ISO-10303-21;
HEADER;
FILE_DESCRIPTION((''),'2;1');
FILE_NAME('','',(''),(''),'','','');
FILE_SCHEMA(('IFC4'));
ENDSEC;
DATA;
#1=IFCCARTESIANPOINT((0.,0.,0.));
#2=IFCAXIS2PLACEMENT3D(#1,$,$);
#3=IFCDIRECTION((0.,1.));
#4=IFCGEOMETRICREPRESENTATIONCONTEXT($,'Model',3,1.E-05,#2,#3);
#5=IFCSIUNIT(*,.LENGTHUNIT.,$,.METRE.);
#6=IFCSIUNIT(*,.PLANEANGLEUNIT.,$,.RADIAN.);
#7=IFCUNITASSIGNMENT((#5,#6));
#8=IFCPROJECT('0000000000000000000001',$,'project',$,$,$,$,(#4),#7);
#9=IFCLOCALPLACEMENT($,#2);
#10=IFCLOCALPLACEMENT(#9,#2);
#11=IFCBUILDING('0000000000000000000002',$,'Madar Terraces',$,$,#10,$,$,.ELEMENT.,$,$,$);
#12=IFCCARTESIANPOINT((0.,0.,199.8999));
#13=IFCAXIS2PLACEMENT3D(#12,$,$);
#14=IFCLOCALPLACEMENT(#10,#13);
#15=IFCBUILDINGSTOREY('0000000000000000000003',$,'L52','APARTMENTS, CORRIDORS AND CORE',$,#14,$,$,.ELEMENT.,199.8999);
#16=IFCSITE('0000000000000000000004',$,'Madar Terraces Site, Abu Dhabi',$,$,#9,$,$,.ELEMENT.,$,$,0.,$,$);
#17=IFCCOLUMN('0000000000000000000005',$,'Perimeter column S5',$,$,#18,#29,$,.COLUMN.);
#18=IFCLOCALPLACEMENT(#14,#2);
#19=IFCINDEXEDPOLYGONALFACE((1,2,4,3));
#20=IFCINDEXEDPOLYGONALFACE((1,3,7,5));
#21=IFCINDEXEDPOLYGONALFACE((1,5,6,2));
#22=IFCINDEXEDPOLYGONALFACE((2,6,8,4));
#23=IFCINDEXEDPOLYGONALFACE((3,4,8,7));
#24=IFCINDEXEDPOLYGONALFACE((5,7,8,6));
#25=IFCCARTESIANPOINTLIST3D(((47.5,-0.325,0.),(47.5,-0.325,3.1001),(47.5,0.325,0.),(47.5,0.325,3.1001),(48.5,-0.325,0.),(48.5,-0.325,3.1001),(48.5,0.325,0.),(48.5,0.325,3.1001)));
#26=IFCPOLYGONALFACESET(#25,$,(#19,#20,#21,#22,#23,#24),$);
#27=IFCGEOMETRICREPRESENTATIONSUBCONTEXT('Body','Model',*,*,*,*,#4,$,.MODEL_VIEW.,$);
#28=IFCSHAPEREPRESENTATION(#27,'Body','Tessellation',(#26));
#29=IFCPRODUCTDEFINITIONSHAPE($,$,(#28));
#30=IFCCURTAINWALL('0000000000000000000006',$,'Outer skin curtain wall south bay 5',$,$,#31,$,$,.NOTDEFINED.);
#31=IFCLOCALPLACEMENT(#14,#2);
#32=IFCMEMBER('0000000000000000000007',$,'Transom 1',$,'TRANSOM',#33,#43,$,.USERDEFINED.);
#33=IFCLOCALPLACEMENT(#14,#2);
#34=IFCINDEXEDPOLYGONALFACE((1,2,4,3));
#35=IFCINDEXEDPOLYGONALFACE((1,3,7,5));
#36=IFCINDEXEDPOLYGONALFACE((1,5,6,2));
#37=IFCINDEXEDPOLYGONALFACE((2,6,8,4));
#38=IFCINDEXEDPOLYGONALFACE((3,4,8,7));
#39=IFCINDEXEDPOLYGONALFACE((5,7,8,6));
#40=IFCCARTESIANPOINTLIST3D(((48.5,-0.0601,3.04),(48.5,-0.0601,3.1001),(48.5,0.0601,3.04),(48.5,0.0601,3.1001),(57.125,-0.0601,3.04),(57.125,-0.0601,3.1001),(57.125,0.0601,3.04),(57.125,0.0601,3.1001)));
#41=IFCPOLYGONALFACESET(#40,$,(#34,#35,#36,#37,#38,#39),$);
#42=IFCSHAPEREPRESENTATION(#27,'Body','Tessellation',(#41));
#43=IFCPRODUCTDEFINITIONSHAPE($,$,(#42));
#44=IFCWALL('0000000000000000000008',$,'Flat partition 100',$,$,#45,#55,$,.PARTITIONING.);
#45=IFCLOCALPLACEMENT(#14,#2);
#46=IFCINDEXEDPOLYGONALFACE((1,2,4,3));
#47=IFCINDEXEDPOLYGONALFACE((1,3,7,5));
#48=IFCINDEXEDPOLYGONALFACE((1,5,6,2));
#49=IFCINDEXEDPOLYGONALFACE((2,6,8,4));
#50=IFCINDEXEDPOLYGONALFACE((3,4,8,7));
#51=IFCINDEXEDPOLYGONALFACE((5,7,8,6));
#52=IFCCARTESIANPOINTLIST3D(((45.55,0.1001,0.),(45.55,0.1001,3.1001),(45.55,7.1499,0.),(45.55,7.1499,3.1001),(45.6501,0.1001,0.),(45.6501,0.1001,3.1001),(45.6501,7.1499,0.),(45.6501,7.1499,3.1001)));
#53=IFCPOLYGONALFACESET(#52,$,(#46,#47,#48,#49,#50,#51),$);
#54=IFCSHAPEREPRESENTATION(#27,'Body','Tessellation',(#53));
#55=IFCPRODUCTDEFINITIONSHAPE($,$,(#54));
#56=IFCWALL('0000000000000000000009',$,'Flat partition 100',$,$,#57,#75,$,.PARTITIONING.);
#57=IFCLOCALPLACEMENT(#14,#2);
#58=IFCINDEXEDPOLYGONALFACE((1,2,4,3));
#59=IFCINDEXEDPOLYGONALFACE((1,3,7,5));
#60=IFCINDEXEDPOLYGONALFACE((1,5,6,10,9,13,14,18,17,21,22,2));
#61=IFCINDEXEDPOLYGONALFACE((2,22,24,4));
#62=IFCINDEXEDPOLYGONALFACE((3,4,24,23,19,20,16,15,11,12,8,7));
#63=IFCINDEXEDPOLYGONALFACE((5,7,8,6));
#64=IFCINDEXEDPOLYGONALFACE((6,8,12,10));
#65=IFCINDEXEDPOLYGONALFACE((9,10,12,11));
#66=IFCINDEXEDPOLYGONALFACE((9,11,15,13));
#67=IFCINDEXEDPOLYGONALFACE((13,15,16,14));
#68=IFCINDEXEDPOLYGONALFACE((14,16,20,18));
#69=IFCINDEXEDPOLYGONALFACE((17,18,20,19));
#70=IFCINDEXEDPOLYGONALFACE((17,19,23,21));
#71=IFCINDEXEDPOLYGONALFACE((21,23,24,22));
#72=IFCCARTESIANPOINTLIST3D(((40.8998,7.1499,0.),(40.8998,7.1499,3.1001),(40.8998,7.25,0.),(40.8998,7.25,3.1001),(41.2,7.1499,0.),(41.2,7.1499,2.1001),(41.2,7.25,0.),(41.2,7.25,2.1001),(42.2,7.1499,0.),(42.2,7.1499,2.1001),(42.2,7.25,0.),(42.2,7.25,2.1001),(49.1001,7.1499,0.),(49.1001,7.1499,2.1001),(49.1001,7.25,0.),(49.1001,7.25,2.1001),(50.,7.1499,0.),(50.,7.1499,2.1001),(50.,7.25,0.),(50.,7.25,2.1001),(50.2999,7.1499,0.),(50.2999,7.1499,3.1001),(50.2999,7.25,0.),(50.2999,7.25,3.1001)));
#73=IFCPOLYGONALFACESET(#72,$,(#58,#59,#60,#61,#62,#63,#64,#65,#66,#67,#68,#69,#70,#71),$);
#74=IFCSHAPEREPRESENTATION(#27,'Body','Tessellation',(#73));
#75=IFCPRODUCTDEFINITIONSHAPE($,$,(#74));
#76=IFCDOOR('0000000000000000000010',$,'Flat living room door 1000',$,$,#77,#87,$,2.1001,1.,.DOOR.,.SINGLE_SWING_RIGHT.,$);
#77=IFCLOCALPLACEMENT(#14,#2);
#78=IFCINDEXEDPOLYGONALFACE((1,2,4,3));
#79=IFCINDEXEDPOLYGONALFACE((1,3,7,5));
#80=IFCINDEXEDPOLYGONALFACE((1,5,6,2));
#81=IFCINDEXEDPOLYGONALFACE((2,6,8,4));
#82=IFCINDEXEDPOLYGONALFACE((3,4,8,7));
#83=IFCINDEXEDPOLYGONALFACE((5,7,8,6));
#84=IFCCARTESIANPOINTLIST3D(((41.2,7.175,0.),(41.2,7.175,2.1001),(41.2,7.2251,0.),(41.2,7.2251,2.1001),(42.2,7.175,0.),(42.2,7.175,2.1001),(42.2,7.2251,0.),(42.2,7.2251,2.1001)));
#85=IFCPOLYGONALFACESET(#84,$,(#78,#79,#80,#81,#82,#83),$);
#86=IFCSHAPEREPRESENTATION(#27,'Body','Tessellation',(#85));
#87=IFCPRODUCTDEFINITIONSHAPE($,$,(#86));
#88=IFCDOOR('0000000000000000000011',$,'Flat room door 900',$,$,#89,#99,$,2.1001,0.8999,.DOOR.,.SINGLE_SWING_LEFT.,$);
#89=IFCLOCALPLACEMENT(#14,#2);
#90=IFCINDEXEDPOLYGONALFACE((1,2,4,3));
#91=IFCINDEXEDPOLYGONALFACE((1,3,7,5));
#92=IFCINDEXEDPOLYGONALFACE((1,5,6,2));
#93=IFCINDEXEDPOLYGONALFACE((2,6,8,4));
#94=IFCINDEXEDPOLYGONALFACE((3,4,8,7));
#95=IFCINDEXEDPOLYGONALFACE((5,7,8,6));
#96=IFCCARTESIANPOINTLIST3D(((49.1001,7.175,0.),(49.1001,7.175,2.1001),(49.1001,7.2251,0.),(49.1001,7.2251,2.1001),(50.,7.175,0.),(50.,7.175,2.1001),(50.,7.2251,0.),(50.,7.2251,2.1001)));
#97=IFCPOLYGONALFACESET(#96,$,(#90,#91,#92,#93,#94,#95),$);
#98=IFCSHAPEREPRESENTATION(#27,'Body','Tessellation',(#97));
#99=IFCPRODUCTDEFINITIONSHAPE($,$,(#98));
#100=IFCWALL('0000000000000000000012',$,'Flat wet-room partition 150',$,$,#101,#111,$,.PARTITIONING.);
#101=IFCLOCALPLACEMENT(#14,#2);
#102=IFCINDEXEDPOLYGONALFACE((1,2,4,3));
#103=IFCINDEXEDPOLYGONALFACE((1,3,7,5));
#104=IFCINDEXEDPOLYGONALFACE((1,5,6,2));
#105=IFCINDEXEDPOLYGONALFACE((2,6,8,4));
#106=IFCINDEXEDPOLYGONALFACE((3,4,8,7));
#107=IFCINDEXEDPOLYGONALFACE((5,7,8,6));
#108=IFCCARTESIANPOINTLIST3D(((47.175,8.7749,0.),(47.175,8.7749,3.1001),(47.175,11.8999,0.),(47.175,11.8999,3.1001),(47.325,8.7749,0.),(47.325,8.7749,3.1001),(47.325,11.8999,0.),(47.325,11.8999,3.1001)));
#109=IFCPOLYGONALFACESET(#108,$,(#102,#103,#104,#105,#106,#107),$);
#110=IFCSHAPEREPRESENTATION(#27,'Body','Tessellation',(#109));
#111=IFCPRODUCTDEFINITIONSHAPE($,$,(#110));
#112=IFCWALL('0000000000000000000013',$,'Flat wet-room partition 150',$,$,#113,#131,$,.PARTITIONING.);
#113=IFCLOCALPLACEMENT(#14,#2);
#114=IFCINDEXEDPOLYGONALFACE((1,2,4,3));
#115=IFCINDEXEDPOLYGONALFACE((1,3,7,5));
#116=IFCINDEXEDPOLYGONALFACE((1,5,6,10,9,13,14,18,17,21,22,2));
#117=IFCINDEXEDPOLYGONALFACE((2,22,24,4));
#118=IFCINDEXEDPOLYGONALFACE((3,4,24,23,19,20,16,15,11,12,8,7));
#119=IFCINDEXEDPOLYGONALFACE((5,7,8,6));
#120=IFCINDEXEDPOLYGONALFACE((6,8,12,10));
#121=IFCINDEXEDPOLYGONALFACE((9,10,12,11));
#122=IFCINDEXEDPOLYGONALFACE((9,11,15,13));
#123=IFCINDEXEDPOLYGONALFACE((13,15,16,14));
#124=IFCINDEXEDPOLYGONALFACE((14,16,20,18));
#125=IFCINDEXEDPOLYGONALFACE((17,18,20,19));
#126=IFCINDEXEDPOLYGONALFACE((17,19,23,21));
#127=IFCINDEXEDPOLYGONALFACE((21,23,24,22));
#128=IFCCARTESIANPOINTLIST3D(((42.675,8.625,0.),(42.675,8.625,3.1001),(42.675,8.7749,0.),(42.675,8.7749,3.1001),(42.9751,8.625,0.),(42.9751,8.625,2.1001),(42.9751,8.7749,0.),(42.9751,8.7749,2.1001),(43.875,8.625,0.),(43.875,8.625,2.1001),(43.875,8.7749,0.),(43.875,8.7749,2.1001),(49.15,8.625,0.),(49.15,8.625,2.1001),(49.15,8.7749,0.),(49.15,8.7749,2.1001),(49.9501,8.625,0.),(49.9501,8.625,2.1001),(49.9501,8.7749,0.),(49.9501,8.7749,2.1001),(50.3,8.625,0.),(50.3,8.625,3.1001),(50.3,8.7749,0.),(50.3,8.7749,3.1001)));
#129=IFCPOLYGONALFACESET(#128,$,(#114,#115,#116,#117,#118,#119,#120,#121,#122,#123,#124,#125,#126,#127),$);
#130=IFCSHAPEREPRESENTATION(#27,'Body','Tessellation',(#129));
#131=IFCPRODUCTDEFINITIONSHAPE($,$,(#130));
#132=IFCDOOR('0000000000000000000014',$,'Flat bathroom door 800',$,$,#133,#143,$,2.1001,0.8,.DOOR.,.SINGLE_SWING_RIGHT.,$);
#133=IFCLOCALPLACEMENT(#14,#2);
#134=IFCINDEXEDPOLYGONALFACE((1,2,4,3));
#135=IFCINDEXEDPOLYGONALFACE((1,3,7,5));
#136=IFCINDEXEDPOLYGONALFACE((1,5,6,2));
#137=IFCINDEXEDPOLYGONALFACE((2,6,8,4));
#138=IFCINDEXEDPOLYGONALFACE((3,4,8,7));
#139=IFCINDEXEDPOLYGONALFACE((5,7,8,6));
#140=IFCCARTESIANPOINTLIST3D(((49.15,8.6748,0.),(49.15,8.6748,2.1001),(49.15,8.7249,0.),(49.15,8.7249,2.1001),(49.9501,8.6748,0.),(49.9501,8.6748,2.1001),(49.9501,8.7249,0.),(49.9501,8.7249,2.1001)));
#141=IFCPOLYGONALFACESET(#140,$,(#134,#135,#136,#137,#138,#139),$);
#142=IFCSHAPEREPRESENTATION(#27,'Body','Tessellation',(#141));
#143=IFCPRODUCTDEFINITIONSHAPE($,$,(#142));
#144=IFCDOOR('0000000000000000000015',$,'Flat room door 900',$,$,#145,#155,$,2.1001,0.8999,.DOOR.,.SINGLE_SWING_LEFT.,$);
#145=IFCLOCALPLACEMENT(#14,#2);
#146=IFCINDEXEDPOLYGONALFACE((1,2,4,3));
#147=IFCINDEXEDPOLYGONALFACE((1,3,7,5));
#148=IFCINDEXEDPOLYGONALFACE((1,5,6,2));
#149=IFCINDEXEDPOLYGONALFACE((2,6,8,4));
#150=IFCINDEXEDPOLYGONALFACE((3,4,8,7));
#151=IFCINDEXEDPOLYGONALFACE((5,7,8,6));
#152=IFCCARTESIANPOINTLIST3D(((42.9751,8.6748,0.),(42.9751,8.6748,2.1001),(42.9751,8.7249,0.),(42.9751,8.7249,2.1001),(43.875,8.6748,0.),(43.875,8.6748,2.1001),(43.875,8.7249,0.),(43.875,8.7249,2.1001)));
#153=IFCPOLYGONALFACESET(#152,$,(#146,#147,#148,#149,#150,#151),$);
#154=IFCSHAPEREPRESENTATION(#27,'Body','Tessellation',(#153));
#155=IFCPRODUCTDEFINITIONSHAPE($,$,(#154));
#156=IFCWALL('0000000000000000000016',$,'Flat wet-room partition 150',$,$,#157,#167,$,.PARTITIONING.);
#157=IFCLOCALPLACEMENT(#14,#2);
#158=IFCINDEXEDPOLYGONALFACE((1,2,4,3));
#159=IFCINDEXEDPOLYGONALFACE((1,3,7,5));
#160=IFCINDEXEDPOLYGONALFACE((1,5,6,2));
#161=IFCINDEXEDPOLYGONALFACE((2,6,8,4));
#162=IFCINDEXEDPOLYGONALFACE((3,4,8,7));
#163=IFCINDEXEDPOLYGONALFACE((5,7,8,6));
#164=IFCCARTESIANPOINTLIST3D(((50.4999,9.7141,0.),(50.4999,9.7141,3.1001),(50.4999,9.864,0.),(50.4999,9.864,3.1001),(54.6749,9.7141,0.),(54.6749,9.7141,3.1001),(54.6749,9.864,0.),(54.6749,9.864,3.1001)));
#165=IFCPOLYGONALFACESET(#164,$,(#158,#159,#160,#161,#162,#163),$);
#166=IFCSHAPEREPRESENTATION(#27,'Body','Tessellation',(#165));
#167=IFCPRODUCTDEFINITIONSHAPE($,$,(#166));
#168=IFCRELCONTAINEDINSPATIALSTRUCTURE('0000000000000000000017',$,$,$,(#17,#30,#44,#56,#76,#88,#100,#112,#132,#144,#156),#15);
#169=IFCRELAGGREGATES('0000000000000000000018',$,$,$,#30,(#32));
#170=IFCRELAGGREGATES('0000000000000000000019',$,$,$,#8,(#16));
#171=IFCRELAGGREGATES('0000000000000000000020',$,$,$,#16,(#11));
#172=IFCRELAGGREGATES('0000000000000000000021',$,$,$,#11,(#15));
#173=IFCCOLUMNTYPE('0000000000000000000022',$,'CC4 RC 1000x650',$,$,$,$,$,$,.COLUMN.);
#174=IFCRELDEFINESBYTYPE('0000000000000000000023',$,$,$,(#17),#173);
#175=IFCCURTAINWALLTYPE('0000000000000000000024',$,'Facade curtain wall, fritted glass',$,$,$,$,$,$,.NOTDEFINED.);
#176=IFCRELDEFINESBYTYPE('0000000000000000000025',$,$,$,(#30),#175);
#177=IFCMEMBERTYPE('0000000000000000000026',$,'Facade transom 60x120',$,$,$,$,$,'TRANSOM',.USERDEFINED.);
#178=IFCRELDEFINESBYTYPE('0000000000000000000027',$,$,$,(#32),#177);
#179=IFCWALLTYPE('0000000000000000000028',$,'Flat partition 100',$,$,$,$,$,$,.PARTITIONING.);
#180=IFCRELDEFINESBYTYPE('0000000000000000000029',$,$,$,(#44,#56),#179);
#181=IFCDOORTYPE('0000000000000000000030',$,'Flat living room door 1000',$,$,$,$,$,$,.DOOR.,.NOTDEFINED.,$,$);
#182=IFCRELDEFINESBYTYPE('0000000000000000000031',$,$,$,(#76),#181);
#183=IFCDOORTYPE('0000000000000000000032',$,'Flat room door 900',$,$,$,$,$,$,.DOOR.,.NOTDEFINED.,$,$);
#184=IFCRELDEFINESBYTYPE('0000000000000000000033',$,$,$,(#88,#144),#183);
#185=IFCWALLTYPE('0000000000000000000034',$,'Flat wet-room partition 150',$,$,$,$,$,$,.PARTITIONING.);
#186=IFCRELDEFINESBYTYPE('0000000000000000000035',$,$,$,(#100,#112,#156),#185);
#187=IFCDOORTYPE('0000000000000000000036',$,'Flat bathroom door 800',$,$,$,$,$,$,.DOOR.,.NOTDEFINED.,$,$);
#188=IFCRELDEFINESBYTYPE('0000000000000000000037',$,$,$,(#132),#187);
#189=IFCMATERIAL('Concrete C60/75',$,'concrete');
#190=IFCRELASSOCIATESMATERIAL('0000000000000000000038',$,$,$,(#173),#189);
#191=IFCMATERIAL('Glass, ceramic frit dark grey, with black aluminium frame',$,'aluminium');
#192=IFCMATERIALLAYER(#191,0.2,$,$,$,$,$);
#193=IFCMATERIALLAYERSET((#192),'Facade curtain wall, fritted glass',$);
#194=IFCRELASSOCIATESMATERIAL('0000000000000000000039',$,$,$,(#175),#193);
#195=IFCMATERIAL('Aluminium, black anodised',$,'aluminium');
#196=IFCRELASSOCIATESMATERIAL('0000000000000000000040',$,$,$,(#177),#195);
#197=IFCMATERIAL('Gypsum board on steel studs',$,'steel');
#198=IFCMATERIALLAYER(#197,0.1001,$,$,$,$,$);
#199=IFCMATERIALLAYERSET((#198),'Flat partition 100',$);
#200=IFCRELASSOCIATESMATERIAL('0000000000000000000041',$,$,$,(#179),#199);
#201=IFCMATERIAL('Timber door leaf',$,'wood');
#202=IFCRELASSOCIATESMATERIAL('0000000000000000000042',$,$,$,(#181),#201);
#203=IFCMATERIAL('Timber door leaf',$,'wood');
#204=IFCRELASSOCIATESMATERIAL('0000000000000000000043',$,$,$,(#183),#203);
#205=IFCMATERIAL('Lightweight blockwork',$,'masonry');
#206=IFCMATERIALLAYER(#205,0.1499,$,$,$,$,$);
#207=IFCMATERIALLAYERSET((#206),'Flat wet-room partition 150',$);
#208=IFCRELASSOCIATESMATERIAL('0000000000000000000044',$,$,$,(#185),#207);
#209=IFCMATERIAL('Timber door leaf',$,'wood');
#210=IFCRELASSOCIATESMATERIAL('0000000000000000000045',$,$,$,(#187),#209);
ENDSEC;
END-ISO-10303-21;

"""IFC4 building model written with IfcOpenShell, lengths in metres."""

from ifc_helpers import new_model, si_unit, direction, frame, frame_2d, origin, origin_2d, place, context, subcontext, project, spatial, rectangle, extrude, material, layer, layer_set, material_profile, profile_set, type_object, element, fill, aggregate, save


model = new_model("IFC4")

# Units and contexts
model_context = context("Model", 3, precision=1e-05, world=origin(), true_north=direction((0.0, 1.0)))
body_context = subcontext(model_context, "Body", "Model", "MODEL_VIEW")
ifc_project = project(units=[si_unit("LENGTHUNIT", "METRE"), si_unit("PLANEANGLEUNIT", "RADIAN")], contexts=[model_context])

# Site, building, storey
site_placement = place(None, origin())
site = spatial("IfcSite", under=ifc_project, at=site_placement, Name="Madar Terraces Site, Abu Dhabi", CompositionType="ELEMENT", RefElevation=0.0)
building_placement = place(site_placement, origin())
building = spatial("IfcBuilding", under=site, at=building_placement, Name="Madar Terraces", CompositionType="ELEMENT")
storey_placement = place(building_placement, frame((0.0, 0.0, 199.8999)))
storey = spatial("IfcBuildingStorey", under=building, at=storey_placement, Name="L52", Description="APARTMENTS, CORRIDORS AND CORE", CompositionType="ELEMENT", Elevation=199.8999)

# Column
ifc_material_1 = material(Name="Concrete C60/75", Category="concrete")
ifc_material_profile_1 = material_profile(ifc_material_1, rectangle(XDim=1.0, YDim=0.6499, at=origin_2d()), Name="CC4 RC 1000x650")
ifc_profile_set_1 = profile_set([ifc_material_profile_1], Name="Concrete C60/75")
column_type = type_object("IfcColumnType", Name="CC4 RC 1000x650", PredefinedType="COLUMN", material=ifc_profile_set_1)
column_placement = place(storey_placement, frame((48.0, 0.0, 0.0), z_axis=(0.0, 0.0, 1.0), x_axis=(1.0, 0.0, 0.0)))
element("IfcColumn", 1, at=column_placement, inside=storey, type_object=column_type, Name="Perimeter column S5", PredefinedType="COLUMN", context=body_context, shape_type="SweptSolid", body=[
    extrude(rectangle(XDim=1.0, YDim=0.6499, at=origin_2d()), origin(), (0.0, 0.0, 1.0), 3.1001),
])

# Curtain wall, member
ifc_material_2 = material(Name="Glass, ceramic frit dark grey, with black aluminium frame", Category="aluminium")
ifc_layer_1 = layer(ifc_material_2, 0.2)
ifc_layer_set_1 = layer_set([ifc_layer_1], Name="Facade curtain wall, fritted glass")
curtain_wall_type = type_object("IfcCurtainWallType", Name="Facade curtain wall, fritted glass", PredefinedType="NOTDEFINED", material=ifc_layer_set_1)
curtain_wall_placement = place(storey_placement, origin())
curtain_wall = element("IfcCurtainWall", 2, at=curtain_wall_placement, inside=storey, type_object=curtain_wall_type, Name="Outer skin curtain wall south bay 5", PredefinedType="NOTDEFINED")
ifc_material_3 = material(Name="Aluminium, black anodised", Category="aluminium")
ifc_material_profile_2 = material_profile(ifc_material_3, rectangle(XDim=0.1201, YDim=0.0601, at=origin_2d()), Name="Facade transom 60x120")
ifc_profile_set_2 = profile_set([ifc_material_profile_2], Name="Aluminium, black anodised")
member_type = type_object("IfcMemberType", Name="Facade transom 60x120", ElementType="TRANSOM", PredefinedType="USERDEFINED", material=ifc_profile_set_2)
member_placement = place(storey_placement, frame((48.5, 0.0, 3.0701), z_axis=(1.0, 0.0, 0.0), x_axis=(0.0, 1.0, 0.0)))
member = element("IfcMember", 3, at=member_placement, type_object=member_type, Name="Transom 1", ObjectType="TRANSOM", PredefinedType="USERDEFINED", context=body_context, shape_type="SweptSolid", body=[
    extrude(rectangle(XDim=0.1201, YDim=0.0601, at=origin_2d()), origin(), (0.0, 0.0, 1.0), 8.625),
])
aggregate(curtain_wall, [member])

# Wall
ifc_material_4 = material(Name="Gypsum board on steel studs", Category="steel")
ifc_layer_2 = layer(ifc_material_4, 0.1001)
ifc_layer_set_2 = layer_set([ifc_layer_2], Name="Flat partition 100")
wall_type_1 = type_object("IfcWallType", Name="Flat partition 100", PredefinedType="PARTITIONING", material=ifc_layer_set_2)
wall_1_placement = place(storey_placement, frame((45.6001, 7.1499, 0.0), z_axis=(0.0, 0.0, 1.0), x_axis=(0.0, -1.0, 0.0)))
element("IfcWall", 4, at=wall_1_placement, inside=storey, type_object=wall_type_1, Name="Flat partition 100", PredefinedType="PARTITIONING", context=body_context, shape_type="SweptSolid", body=[
    extrude(rectangle(XDim=7.0498, YDim=0.1001, at=frame_2d((3.5249, 0.0))), origin(), (0.0, 0.0, 1.0), 3.1001),
])

# Wall, openings, doors
wall_2_placement = place(storey_placement, frame((50.3, 7.2, 0.0), z_axis=(0.0, 0.0, 1.0), x_axis=(-1.0, 0.0, 0.0)))
wall_2 = element("IfcWall", 5, at=wall_2_placement, inside=storey, type_object=wall_type_1, Name="Flat partition 100", PredefinedType="PARTITIONING", context=body_context, shape_type="SweptSolid", body=[
    extrude(rectangle(XDim=9.4001, YDim=0.1001, at=frame_2d((4.7002, 0.0))), origin(), (0.0, 0.0, 1.0), 3.1001),
])
opening_1_placement = place(wall_2_placement, frame((8.1001, 0.0, 0.0)))
opening_1 = element("IfcOpeningElement", 6, at=opening_1_placement, cuts=wall_2, PredefinedType="OPENING", context=body_context, shape_type="SweptSolid", body=[
    extrude(rectangle(XDim=1.0, YDim=2.1001, at=frame_2d((0.5, 1.05))), frame((0.0, 0.0601, 0.0), z_axis=(0.0, -1.0, 0.0), x_axis=(1.0, 0.0, 0.0)), (0.0, 0.0, 1.0), 0.1201),
])
opening_2_placement = place(wall_2_placement, frame((0.3, 0.0, 0.0)))
opening_2 = element("IfcOpeningElement", 7, at=opening_2_placement, cuts=wall_2, PredefinedType="OPENING", context=body_context, shape_type="SweptSolid", body=[
    extrude(rectangle(XDim=0.8999, YDim=2.1001, at=frame_2d((0.45, 1.05))), frame((0.0, 0.0601, 0.0), z_axis=(0.0, -1.0, 0.0), x_axis=(1.0, 0.0, 0.0)), (0.0, 0.0, 1.0), 0.1201),
])
ifc_material_5 = material(Name="Timber door leaf", Category="wood")
door_type_1 = type_object("IfcDoorType", Name="Flat living room door 1000", OperationType="NOTDEFINED", PredefinedType="DOOR", material=ifc_material_5)
door_1_placement = place(opening_1_placement, origin())
door_1 = element("IfcDoor", 8, at=door_1_placement, inside=storey, type_object=door_type_1, Name="Flat living room door 1000", OperationType="SINGLE_SWING_RIGHT", OverallHeight=2.1001, OverallWidth=1.0, PredefinedType="DOOR", context=body_context, shape_type="SweptSolid", body=[
    extrude(rectangle(XDim=1.0, YDim=2.1001, at=frame_2d((0.5, 1.05))), frame((0.0, 0.0249, 0.0), z_axis=(0.0, -1.0, 0.0), x_axis=(1.0, 0.0, 0.0)), (0.0, 0.0, 1.0), 0.05),
])
fill(opening_1, door_1)
ifc_material_6 = material(Name="Timber door leaf", Category="wood")
door_type_2 = type_object("IfcDoorType", Name="Flat room door 900", OperationType="NOTDEFINED", PredefinedType="DOOR", material=ifc_material_6)
door_2_placement = place(opening_2_placement, origin())
door_2 = element("IfcDoor", 9, at=door_2_placement, inside=storey, type_object=door_type_2, Name="Flat room door 900", OperationType="SINGLE_SWING_LEFT", OverallHeight=2.1001, OverallWidth=0.8999, PredefinedType="DOOR", context=body_context, shape_type="SweptSolid", body=[
    extrude(rectangle(XDim=0.8999, YDim=2.1001, at=frame_2d((0.45, 1.05))), frame((0.0, 0.0249, 0.0), z_axis=(0.0, -1.0, 0.0), x_axis=(1.0, 0.0, 0.0)), (0.0, 0.0, 1.0), 0.05),
])
fill(opening_2, door_2)

# Wall
ifc_material_7 = material(Name="Lightweight blockwork", Category="masonry")
ifc_layer_3 = layer(ifc_material_7, 0.1499)
ifc_layer_set_3 = layer_set([ifc_layer_3], Name="Flat wet-room partition 150")
wall_type_2 = type_object("IfcWallType", Name="Flat wet-room partition 150", PredefinedType="PARTITIONING", material=ifc_layer_set_3)
wall_3_placement = place(storey_placement, frame((47.25, 11.8999, 0.0), z_axis=(0.0, 0.0, 1.0), x_axis=(0.0, -1.0, 0.0)))
element("IfcWall", 10, at=wall_3_placement, inside=storey, type_object=wall_type_2, Name="Flat wet-room partition 150", PredefinedType="PARTITIONING", context=body_context, shape_type="SweptSolid", body=[
    extrude(rectangle(XDim=3.125, YDim=0.1499, at=frame_2d((1.5625, 0.0))), origin(), (0.0, 0.0, 1.0), 3.1001),
])

# Wall, openings, doors
wall_4_placement = place(storey_placement, frame((42.675, 8.7, 0.0), z_axis=(0.0, 0.0, 1.0), x_axis=(1.0, 0.0, 0.0)))
wall_4 = element("IfcWall", 11, at=wall_4_placement, inside=storey, type_object=wall_type_2, Name="Flat wet-room partition 150", PredefinedType="PARTITIONING", context=body_context, shape_type="SweptSolid", body=[
    extrude(rectangle(XDim=7.625, YDim=0.1499, at=frame_2d((3.8125, 0.0))), origin(), (0.0, 0.0, 1.0), 3.1001),
])
opening_3_placement = place(wall_4_placement, frame((0.3, 0.0, 0.0)))
opening_3 = element("IfcOpeningElement", 12, at=opening_3_placement, cuts=wall_4, PredefinedType="OPENING", context=body_context, shape_type="SweptSolid", body=[
    extrude(rectangle(XDim=0.8999, YDim=2.1001, at=frame_2d((0.45, 1.05))), frame((0.0, 0.085, 0.0), z_axis=(0.0, -1.0, 0.0), x_axis=(1.0, 0.0, 0.0)), (0.0, 0.0, 1.0), 0.1699),
])
opening_4_placement = place(wall_4_placement, frame((6.4751, 0.0, 0.0)))
opening_4 = element("IfcOpeningElement", 13, at=opening_4_placement, cuts=wall_4, PredefinedType="OPENING", context=body_context, shape_type="SweptSolid", body=[
    extrude(rectangle(XDim=0.8, YDim=2.1001, at=frame_2d((0.3999, 1.05))), frame((0.0, 0.085, 0.0), z_axis=(0.0, -1.0, 0.0), x_axis=(1.0, 0.0, 0.0)), (0.0, 0.0, 1.0), 0.1699),
])
ifc_material_8 = material(Name="Timber door leaf", Category="wood")
door_type_3 = type_object("IfcDoorType", Name="Flat bathroom door 800", OperationType="NOTDEFINED", PredefinedType="DOOR", material=ifc_material_8)
door_3_placement = place(opening_4_placement, origin())
door_3 = element("IfcDoor", 14, at=door_3_placement, inside=storey, type_object=door_type_3, Name="Flat bathroom door 800", OperationType="SINGLE_SWING_RIGHT", OverallHeight=2.1001, OverallWidth=0.8, PredefinedType="DOOR", context=body_context, shape_type="SweptSolid", body=[
    extrude(rectangle(XDim=0.8, YDim=2.1001, at=frame_2d((0.3999, 1.05))), frame((0.0, 0.0249, 0.0), z_axis=(0.0, -1.0, 0.0), x_axis=(1.0, 0.0, 0.0)), (0.0, 0.0, 1.0), 0.05),
])
fill(opening_4, door_3)
door_4_placement = place(opening_3_placement, origin())
door_4 = element("IfcDoor", 15, at=door_4_placement, inside=storey, type_object=door_type_2, Name="Flat room door 900", OperationType="SINGLE_SWING_LEFT", OverallHeight=2.1001, OverallWidth=0.8999, PredefinedType="DOOR", context=body_context, shape_type="SweptSolid", body=[
    extrude(rectangle(XDim=0.8999, YDim=2.1001, at=frame_2d((0.45, 1.05))), frame((0.0, 0.0249, 0.0), z_axis=(0.0, -1.0, 0.0), x_axis=(1.0, 0.0, 0.0)), (0.0, 0.0, 1.0), 0.05),
])
fill(opening_3, door_4)

# Wall
for number, where, z_axis, x_axis, name in (
    (16, (50.5, 9.7891, 0.0), (0.0, 0.0, 1.0), (1.0, 0.0, 0.0), "Flat wet-room partition 150"),
):
    element("IfcWall", number, at=place(storey_placement, frame(where, z_axis=z_axis, x_axis=x_axis)), inside=storey, type_object=wall_type_2, Name=name, PredefinedType="PARTITIONING", context=body_context, shape_type="SweptSolid", body=[
        extrude(rectangle(XDim=4.175, YDim=0.1499, at=frame_2d((2.0874, 0.0))), origin(), (0.0, 0.0, 1.0), 3.1001),
    ])

save(model, "model.ifc")
